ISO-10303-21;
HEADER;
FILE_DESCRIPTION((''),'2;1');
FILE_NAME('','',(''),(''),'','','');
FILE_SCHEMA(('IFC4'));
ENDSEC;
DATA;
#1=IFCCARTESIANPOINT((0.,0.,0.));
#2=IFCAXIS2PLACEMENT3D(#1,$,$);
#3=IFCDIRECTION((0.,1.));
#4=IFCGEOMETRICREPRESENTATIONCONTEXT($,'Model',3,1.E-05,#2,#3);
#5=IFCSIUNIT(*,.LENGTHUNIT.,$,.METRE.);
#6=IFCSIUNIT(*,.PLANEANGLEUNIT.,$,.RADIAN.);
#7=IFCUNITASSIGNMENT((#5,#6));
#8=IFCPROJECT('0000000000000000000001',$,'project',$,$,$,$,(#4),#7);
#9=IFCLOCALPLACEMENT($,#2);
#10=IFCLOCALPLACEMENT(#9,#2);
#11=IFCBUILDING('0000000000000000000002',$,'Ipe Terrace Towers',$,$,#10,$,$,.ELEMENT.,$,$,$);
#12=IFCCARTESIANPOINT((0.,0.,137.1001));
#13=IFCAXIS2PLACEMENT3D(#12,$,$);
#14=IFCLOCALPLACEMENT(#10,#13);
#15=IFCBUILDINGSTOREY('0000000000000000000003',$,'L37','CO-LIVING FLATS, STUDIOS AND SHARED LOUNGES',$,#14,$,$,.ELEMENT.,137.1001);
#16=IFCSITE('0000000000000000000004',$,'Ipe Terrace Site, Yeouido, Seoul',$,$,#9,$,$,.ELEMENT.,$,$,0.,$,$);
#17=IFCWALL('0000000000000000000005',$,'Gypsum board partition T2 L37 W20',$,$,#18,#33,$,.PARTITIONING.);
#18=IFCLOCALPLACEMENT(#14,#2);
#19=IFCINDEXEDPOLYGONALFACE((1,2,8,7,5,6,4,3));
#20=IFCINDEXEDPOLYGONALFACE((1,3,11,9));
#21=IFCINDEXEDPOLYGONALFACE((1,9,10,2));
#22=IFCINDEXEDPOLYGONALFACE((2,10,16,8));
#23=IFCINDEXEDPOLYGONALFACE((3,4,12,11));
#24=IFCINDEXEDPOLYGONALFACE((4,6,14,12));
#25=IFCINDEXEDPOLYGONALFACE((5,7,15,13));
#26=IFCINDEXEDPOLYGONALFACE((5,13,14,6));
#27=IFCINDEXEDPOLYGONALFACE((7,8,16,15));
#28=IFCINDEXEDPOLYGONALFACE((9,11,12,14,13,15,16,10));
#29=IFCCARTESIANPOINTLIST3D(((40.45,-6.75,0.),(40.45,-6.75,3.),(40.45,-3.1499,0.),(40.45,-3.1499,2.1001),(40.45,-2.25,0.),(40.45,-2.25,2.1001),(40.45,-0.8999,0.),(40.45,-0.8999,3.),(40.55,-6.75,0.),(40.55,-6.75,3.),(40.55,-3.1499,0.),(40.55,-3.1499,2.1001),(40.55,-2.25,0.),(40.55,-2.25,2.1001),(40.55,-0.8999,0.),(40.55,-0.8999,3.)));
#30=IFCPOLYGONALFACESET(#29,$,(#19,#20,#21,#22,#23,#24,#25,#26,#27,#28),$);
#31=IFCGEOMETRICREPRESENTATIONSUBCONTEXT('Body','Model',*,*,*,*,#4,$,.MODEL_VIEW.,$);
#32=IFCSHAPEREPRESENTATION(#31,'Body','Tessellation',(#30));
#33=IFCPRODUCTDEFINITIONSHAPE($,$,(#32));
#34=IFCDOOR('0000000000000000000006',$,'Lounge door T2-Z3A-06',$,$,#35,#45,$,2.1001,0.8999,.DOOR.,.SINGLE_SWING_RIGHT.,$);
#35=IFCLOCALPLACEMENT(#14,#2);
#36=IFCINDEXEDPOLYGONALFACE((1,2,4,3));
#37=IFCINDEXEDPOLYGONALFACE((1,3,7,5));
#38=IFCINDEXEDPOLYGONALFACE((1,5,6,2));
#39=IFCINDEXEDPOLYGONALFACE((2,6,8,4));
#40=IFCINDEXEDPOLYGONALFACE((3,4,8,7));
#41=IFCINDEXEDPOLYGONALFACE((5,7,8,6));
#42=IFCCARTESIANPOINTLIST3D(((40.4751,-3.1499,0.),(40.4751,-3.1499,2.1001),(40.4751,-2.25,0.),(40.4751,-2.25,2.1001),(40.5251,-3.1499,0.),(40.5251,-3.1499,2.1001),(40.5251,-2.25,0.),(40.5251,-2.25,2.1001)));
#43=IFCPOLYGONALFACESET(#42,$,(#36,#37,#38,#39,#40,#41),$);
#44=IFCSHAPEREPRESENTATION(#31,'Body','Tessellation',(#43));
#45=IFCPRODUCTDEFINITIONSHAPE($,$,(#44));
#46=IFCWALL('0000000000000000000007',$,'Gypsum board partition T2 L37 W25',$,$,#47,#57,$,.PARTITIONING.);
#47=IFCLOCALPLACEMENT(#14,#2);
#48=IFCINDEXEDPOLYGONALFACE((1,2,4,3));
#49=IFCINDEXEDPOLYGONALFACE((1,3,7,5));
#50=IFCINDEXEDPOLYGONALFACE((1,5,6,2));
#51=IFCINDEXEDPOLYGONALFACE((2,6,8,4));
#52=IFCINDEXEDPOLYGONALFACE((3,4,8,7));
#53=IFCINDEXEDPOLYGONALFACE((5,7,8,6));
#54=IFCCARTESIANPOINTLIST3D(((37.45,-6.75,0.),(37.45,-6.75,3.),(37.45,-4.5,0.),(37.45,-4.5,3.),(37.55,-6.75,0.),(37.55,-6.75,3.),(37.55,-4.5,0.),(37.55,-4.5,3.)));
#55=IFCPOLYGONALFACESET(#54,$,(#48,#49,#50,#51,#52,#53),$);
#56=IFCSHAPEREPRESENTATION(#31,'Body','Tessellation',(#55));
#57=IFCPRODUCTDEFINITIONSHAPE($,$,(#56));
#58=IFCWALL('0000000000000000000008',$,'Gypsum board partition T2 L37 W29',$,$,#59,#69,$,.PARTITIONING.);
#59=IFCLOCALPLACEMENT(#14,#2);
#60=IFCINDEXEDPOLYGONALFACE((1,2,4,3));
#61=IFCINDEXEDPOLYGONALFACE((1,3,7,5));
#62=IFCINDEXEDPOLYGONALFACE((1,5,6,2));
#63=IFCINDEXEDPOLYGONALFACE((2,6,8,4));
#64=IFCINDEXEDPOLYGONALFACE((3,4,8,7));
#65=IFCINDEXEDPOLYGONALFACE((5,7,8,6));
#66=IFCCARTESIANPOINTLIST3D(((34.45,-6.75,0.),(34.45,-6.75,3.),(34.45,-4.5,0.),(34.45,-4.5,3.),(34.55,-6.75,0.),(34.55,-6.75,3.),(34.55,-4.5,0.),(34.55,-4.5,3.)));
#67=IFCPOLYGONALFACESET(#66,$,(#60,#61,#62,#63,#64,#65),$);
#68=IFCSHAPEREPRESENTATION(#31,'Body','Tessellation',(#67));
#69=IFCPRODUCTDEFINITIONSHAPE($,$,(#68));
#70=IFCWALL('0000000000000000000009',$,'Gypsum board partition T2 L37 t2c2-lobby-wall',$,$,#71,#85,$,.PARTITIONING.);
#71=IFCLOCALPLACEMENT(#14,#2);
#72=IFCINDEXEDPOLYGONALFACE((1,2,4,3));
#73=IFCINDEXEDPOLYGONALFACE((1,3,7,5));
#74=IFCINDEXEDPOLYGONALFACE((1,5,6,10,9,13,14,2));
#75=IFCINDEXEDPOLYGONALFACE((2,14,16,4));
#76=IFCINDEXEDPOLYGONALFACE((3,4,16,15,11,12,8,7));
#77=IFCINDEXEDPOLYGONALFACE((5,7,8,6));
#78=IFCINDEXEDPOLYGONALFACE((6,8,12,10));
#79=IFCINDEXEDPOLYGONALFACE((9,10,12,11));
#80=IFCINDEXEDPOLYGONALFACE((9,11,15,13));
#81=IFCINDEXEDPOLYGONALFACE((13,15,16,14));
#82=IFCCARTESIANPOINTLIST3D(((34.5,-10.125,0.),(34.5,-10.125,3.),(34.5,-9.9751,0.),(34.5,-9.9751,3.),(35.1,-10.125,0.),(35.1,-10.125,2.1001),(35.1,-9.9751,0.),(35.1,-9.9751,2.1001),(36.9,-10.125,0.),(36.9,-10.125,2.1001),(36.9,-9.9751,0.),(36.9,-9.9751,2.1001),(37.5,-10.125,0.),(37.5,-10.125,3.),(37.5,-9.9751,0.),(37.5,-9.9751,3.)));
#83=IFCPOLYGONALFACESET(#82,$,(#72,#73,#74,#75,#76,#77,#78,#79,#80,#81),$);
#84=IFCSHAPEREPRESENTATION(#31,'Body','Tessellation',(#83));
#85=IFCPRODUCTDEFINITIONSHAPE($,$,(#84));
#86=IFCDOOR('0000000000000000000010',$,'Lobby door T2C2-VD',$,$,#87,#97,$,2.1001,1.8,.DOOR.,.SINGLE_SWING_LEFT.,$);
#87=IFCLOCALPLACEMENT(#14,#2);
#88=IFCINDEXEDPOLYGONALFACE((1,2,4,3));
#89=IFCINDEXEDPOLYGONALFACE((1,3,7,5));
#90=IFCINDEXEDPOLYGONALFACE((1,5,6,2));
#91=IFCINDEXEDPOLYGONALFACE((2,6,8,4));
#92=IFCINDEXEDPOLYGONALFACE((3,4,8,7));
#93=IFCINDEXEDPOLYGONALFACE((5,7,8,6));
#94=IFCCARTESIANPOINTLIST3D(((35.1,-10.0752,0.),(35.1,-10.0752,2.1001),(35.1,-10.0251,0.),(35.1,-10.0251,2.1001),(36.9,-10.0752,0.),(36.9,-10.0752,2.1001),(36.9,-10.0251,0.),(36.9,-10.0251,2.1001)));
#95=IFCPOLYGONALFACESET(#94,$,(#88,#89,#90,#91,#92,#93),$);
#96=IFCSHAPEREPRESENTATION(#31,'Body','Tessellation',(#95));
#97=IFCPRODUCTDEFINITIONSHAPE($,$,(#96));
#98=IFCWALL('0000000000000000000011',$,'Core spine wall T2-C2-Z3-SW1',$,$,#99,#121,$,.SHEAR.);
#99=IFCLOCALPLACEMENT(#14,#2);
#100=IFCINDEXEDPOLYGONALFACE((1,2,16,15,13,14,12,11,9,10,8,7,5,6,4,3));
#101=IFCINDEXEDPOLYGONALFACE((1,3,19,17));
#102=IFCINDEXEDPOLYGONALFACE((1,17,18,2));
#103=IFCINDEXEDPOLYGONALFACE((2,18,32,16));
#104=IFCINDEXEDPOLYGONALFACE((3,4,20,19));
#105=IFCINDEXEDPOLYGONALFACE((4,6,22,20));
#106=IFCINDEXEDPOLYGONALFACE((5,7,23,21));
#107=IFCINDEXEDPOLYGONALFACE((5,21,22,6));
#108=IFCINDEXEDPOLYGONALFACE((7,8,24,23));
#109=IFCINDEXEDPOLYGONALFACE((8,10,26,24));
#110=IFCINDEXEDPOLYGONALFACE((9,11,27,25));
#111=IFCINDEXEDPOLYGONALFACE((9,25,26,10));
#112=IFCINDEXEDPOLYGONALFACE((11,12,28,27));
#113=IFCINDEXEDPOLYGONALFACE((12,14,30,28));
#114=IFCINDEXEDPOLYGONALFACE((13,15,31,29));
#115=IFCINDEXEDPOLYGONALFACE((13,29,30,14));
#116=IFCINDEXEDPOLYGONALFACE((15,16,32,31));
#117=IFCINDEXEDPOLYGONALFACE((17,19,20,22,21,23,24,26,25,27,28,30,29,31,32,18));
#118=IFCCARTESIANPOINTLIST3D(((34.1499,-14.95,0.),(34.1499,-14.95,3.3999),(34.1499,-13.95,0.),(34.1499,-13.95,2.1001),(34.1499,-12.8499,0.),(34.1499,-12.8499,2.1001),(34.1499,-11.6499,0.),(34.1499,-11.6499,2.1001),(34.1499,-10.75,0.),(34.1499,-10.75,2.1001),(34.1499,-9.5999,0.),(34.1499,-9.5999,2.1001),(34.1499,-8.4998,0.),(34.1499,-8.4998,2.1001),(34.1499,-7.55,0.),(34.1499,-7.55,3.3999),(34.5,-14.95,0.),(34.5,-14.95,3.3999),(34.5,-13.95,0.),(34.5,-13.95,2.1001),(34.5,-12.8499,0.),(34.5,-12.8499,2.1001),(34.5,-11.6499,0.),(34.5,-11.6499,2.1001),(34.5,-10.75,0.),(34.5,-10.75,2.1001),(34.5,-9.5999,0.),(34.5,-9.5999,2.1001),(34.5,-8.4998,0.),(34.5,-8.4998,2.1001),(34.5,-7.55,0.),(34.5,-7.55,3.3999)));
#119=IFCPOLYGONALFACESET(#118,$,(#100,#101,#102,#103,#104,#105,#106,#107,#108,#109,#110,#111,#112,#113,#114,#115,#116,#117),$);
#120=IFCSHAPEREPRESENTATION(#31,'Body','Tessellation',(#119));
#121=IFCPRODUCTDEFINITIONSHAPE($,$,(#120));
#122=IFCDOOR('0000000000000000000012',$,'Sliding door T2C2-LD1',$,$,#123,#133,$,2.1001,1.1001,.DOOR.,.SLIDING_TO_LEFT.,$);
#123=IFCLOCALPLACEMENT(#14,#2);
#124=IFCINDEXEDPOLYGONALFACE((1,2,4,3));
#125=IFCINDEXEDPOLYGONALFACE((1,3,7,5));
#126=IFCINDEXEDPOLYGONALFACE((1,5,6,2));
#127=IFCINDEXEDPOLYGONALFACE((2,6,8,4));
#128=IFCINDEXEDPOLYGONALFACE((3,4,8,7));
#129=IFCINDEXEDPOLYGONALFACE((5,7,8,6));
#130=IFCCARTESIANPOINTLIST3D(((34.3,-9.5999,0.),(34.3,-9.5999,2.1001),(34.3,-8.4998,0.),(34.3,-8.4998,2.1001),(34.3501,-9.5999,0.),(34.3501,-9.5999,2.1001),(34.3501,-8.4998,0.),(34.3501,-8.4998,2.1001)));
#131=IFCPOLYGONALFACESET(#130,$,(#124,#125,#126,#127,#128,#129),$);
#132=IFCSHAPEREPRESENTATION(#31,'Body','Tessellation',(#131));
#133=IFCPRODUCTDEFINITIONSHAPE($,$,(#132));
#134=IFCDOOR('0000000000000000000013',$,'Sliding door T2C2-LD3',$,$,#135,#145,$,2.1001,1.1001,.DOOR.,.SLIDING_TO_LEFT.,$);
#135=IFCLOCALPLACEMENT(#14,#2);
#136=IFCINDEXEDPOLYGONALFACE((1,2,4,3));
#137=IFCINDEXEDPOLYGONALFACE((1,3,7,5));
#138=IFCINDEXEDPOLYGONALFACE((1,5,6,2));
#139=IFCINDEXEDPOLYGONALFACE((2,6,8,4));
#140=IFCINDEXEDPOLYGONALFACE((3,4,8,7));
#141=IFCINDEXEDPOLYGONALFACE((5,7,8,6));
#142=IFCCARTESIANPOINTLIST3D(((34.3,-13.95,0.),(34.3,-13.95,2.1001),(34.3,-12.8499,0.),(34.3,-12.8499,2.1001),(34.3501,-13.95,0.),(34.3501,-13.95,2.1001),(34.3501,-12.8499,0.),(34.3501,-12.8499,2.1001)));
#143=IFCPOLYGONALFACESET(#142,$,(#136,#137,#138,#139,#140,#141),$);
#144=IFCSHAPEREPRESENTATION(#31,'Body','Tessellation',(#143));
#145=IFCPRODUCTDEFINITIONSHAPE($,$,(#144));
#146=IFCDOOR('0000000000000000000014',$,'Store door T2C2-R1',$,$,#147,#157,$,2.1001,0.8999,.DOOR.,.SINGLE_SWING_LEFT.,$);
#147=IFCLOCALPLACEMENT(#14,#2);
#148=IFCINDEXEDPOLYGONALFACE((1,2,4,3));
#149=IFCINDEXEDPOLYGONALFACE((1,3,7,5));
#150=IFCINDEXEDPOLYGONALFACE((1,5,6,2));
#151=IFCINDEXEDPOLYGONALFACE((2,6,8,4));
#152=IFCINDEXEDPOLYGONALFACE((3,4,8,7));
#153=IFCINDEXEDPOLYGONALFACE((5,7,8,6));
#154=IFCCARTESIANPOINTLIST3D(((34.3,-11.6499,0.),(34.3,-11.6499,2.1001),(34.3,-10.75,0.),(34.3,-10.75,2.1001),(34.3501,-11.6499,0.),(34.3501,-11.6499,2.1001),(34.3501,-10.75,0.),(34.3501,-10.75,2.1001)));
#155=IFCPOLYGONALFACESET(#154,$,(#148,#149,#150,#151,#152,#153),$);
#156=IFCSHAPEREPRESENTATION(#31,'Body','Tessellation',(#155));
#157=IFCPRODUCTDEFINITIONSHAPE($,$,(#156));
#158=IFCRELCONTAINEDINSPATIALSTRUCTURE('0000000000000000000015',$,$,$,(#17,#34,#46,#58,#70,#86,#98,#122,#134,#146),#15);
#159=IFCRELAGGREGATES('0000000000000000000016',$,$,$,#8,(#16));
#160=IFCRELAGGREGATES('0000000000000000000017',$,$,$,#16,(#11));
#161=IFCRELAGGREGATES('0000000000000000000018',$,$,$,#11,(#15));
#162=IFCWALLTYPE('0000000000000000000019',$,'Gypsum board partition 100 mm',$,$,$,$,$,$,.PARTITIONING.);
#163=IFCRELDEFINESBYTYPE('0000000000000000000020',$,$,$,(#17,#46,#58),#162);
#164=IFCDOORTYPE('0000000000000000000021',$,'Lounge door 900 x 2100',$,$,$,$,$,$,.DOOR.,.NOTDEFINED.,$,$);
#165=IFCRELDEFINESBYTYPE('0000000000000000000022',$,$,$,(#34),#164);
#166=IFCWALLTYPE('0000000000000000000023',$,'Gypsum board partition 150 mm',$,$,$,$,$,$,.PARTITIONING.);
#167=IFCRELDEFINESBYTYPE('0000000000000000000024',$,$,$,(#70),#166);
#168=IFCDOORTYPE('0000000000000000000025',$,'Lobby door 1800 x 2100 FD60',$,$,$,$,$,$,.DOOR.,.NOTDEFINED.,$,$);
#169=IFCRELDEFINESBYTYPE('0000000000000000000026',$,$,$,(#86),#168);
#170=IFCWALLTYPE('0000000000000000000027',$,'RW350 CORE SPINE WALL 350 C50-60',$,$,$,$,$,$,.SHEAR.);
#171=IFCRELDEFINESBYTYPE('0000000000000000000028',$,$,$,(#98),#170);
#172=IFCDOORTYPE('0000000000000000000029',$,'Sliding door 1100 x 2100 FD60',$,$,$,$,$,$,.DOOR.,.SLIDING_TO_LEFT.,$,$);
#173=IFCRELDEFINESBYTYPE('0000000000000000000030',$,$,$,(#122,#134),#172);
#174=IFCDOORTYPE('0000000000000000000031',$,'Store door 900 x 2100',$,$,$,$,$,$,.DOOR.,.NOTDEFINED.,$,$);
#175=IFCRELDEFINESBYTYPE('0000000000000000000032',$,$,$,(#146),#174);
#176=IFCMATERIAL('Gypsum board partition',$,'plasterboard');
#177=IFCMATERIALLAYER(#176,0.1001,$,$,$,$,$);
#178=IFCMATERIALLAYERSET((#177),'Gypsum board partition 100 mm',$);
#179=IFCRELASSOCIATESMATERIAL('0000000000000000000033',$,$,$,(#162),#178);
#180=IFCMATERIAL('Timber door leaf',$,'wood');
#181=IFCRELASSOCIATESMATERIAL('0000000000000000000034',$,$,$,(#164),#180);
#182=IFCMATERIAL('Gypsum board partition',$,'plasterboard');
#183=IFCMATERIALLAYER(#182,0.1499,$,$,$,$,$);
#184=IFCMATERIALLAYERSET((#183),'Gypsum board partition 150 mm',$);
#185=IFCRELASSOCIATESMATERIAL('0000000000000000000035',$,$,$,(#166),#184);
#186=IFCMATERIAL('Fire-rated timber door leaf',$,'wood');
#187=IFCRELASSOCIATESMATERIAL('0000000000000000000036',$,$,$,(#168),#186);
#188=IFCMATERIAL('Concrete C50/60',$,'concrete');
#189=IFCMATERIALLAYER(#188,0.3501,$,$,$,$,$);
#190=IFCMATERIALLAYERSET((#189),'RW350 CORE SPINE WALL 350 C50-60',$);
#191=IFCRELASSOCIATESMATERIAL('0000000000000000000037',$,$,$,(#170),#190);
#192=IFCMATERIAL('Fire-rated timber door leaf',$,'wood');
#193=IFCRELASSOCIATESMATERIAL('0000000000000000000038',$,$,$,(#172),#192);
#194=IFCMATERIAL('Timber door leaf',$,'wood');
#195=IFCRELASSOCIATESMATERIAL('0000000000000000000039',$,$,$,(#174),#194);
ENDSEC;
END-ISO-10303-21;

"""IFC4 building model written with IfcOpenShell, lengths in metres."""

from ifc_helpers import new_model, si_unit, direction, frame, frame_2d, origin, place, context, subcontext, project, spatial, rectangle, extrude, material, layer, layer_set, type_object, element, fill, save


model = new_model("IFC4")

# Units and contexts
model_context = context("Model", 3, precision=1e-05, world=origin(), true_north=direction((0.0, 1.0)))
body_context = subcontext(model_context, "Body", "Model", "MODEL_VIEW")
ifc_project = project(units=[si_unit("LENGTHUNIT", "METRE"), si_unit("PLANEANGLEUNIT", "RADIAN")], contexts=[model_context])

# Site, building, storey
site_placement = place(None, origin())
site = spatial("IfcSite", under=ifc_project, at=site_placement, Name="Ipe Terrace Site, Yeouido, Seoul", CompositionType="ELEMENT", RefElevation=0.0)
building_placement = place(site_placement, origin())
building = spatial("IfcBuilding", under=site, at=building_placement, Name="Ipe Terrace Towers", CompositionType="ELEMENT")
storey_placement = place(building_placement, frame((0.0, 0.0, 137.1001)))
storey = spatial("IfcBuildingStorey", under=building, at=storey_placement, Name="L37", Description="CO-LIVING FLATS, STUDIOS AND SHARED LOUNGES", CompositionType="ELEMENT", Elevation=137.1001)

# Wall, opening, door
ifc_material_1 = material(Name="Gypsum board partition", Category="plasterboard")
ifc_layer_1 = layer(ifc_material_1, 0.1001)
ifc_layer_set_1 = layer_set([ifc_layer_1], Name="Gypsum board partition 100 mm")
wall_type_1 = type_object("IfcWallType", Name="Gypsum board partition 100 mm", PredefinedType="PARTITIONING", material=ifc_layer_set_1)
wall_1_placement = place(storey_placement, frame((40.5, -6.75, 0.0), z_axis=(0.0, 0.0, 1.0), x_axis=(0.0, 1.0, 0.0)))
wall_1 = element("IfcWall", 1, at=wall_1_placement, inside=storey, type_object=wall_type_1, Name="Gypsum board partition T2 L37 W20", PredefinedType="PARTITIONING", context=body_context, shape_type="SweptSolid", body=[
    extrude(rectangle(XDim=5.8501, YDim=0.1001, at=frame_2d((2.925, 0.0))), origin(), (0.0, 0.0, 1.0), 3.0),
])
opening_1_placement = place(wall_1_placement, frame((3.6001, 0.0, 0.0)))
opening_1 = element("IfcOpeningElement", 2, at=opening_1_placement, cuts=wall_1, PredefinedType="OPENING", context=body_context, shape_type="SweptSolid", body=[
    extrude(rectangle(XDim=0.8999, YDim=2.1001, at=frame_2d((0.45, 1.05))), frame((0.0, 0.0601, 0.0), z_axis=(0.0, -1.0, 0.0), x_axis=(1.0, 0.0, 0.0)), (0.0, 0.0, 1.0), 0.1201),
])
ifc_material_2 = material(Name="Timber door leaf", Category="wood")
door_type_1 = type_object("IfcDoorType", Name="Lounge door 900 x 2100", OperationType="NOTDEFINED", PredefinedType="DOOR", material=ifc_material_2)
door_1_placement = place(opening_1_placement, origin())
door_1 = element("IfcDoor", 3, at=door_1_placement, inside=storey, type_object=door_type_1, Name="Lounge door T2-Z3A-06", OperationType="SINGLE_SWING_RIGHT", OverallHeight=2.1001, OverallWidth=0.8999, PredefinedType="DOOR", context=body_context, shape_type="SweptSolid", body=[
    extrude(rectangle(XDim=0.8999, YDim=2.1001, at=frame_2d((0.45, 1.05))), frame((0.0, 0.0249, 0.0), z_axis=(0.0, -1.0, 0.0), x_axis=(1.0, 0.0, 0.0)), (0.0, 0.0, 1.0), 0.05),
])
fill(opening_1, door_1)

# Walls
for number, where, z_axis, x_axis, name in (
    (4, (37.5, -6.75, 0.0), (0.0, 0.0, 1.0), (0.0, 1.0, 0.0), "Gypsum board partition T2 L37 W25"),
    (5, (34.5, -6.75, 0.0), (0.0, 0.0, 1.0), (0.0, 1.0, 0.0), "Gypsum board partition T2 L37 W29"),
):
    element("IfcWall", number, at=place(storey_placement, frame(where, z_axis=z_axis, x_axis=x_axis)), inside=storey, type_object=wall_type_1, Name=name, PredefinedType="PARTITIONING", context=body_context, shape_type="SweptSolid", body=[
        extrude(rectangle(XDim=2.25, YDim=0.1001, at=frame_2d((1.125, 0.0))), origin(), (0.0, 0.0, 1.0), 3.0),
    ])

# Wall, opening, door
ifc_material_3 = material(Name="Gypsum board partition", Category="plasterboard")
ifc_layer_2 = layer(ifc_material_3, 0.1499)
ifc_layer_set_2 = layer_set([ifc_layer_2], Name="Gypsum board partition 150 mm")
wall_type_2 = type_object("IfcWallType", Name="Gypsum board partition 150 mm", PredefinedType="PARTITIONING", material=ifc_layer_set_2)
wall_2_placement = place(storey_placement, frame((34.5, -10.05, 0.0), z_axis=(0.0, 0.0, 1.0), x_axis=(1.0, 0.0, 0.0)))
wall_2 = element("IfcWall", 6, at=wall_2_placement, inside=storey, type_object=wall_type_2, Name="Gypsum board partition T2 L37 t2c2-lobby-wall", PredefinedType="PARTITIONING", context=body_context, shape_type="SweptSolid", body=[
    extrude(rectangle(XDim=3.0, YDim=0.1499, at=frame_2d((1.5, 0.0))), origin(), (0.0, 0.0, 1.0), 3.0),
])
opening_2_placement = place(wall_2_placement, frame((0.6001, 0.0, 0.0)))
opening_2 = element("IfcOpeningElement", 7, at=opening_2_placement, cuts=wall_2, PredefinedType="OPENING", context=body_context, shape_type="SweptSolid", body=[
    extrude(rectangle(XDim=1.8, YDim=2.1001, at=frame_2d((0.8999, 1.05))), frame((0.0, 0.085, 0.0), z_axis=(0.0, -1.0, 0.0), x_axis=(1.0, 0.0, 0.0)), (0.0, 0.0, 1.0), 0.1699),
])
ifc_material_4 = material(Name="Fire-rated timber door leaf", Category="wood")
door_type_2 = type_object("IfcDoorType", Name="Lobby door 1800 x 2100 FD60", OperationType="NOTDEFINED", PredefinedType="DOOR", material=ifc_material_4)
door_2_placement = place(opening_2_placement, origin())
door_2 = element("IfcDoor", 8, at=door_2_placement, inside=storey, type_object=door_type_2, Name="Lobby door T2C2-VD", OperationType="SINGLE_SWING_LEFT", OverallHeight=2.1001, OverallWidth=1.8, PredefinedType="DOOR", context=body_context, shape_type="SweptSolid", body=[
    extrude(rectangle(XDim=1.8, YDim=2.1001, at=frame_2d((0.8999, 1.05))), frame((0.0, 0.0249, 0.0), z_axis=(0.0, -1.0, 0.0), x_axis=(1.0, 0.0, 0.0)), (0.0, 0.0, 1.0), 0.05),
])
fill(opening_2, door_2)

# Wall, openings, doors
ifc_material_5 = material(Name="Concrete C50/60", Category="concrete")
ifc_layer_3 = layer(ifc_material_5, 0.3501)
ifc_layer_set_3 = layer_set([ifc_layer_3], Name="RW350 CORE SPINE WALL 350 C50-60")
wall_type_3 = type_object("IfcWallType", Name="RW350 CORE SPINE WALL 350 C50-60", PredefinedType="SHEAR", material=ifc_layer_set_3)
wall_3_placement = place(storey_placement, frame((34.325, -14.95, 0.0), z_axis=(0.0, 0.0, 1.0), x_axis=(0.0, 1.0, 0.0)))
wall_3 = element("IfcWall", 9, at=wall_3_placement, inside=storey, type_object=wall_type_3, Name="Core spine wall T2-C2-Z3-SW1", PredefinedType="SHEAR", context=body_context, shape_type="SweptSolid", body=[
    extrude(rectangle(XDim=7.3999, YDim=0.3501, at=frame_2d((3.7, 0.0))), origin(), (0.0, 0.0, 1.0), 3.3999),
])
opening_3_placement = place(wall_3_placement, frame((5.3501, 0.0, 0.0)))
opening_3 = element("IfcOpeningElement", 10, at=opening_3_placement, cuts=wall_3, PredefinedType="OPENING", context=body_context, shape_type="SweptSolid", body=[
    extrude(rectangle(XDim=1.1001, YDim=2.1001, at=frame_2d((0.55, 1.05))), frame((0.0, 0.1851, 0.0), z_axis=(0.0, -1.0, 0.0), x_axis=(1.0, 0.0, 0.0)), (0.0, 0.0, 1.0), 0.3701),
])
opening_4_placement = place(wall_3_placement, frame((1.0, 0.0, 0.0)))
opening_4 = element("IfcOpeningElement", 11, at=opening_4_placement, cuts=wall_3, PredefinedType="OPENING", context=body_context, shape_type="SweptSolid", body=[
    extrude(rectangle(XDim=1.1001, YDim=2.1001, at=frame_2d((0.55, 1.05))), frame((0.0, 0.1851, 0.0), z_axis=(0.0, -1.0, 0.0), x_axis=(1.0, 0.0, 0.0)), (0.0, 0.0, 1.0), 0.3701),
])
opening_5_placement = place(wall_3_placement, frame((3.3, 0.0, 0.0)))
opening_5 = element("IfcOpeningElement", 12, at=opening_5_placement, cuts=wall_3, PredefinedType="OPENING", context=body_context, shape_type="SweptSolid", body=[
    extrude(rectangle(XDim=0.8999, YDim=2.1001, at=frame_2d((0.45, 1.05))), frame((0.0, 0.1851, 0.0), z_axis=(0.0, -1.0, 0.0), x_axis=(1.0, 0.0, 0.0)), (0.0, 0.0, 1.0), 0.3701),
])
ifc_material_6 = material(Name="Fire-rated timber door leaf", Category="wood")
door_type_3 = type_object("IfcDoorType", Name="Sliding door 1100 x 2100 FD60", OperationType="SLIDING_TO_LEFT", PredefinedType="DOOR", material=ifc_material_6)
door_3_placement = place(opening_3_placement, origin())
door_3 = element("IfcDoor", 13, at=door_3_placement, inside=storey, type_object=door_type_3, Name="Sliding door T2C2-LD1", OperationType="SLIDING_TO_LEFT", OverallHeight=2.1001, OverallWidth=1.1001, PredefinedType="DOOR", context=body_context, shape_type="SweptSolid", body=[
    extrude(rectangle(XDim=1.1001, YDim=2.1001, at=frame_2d((0.55, 1.05))), frame((0.0, 0.0249, 0.0), z_axis=(0.0, -1.0, 0.0), x_axis=(1.0, 0.0, 0.0)), (0.0, 0.0, 1.0), 0.05),
])
fill(opening_3, door_3)
door_4_placement = place(opening_4_placement, origin())
door_4 = element("IfcDoor", 14, at=door_4_placement, inside=storey, type_object=door_type_3, Name="Sliding door T2C2-LD3", OperationType="SLIDING_TO_LEFT", OverallHeight=2.1001, OverallWidth=1.1001, PredefinedType="DOOR", context=body_context, shape_type="SweptSolid", body=[
    extrude(rectangle(XDim=1.1001, YDim=2.1001, at=frame_2d((0.55, 1.05))), frame((0.0, 0.0249, 0.0), z_axis=(0.0, -1.0, 0.0), x_axis=(1.0, 0.0, 0.0)), (0.0, 0.0, 1.0), 0.05),
])
fill(opening_4, door_4)
ifc_material_7 = material(Name="Timber door leaf", Category="wood")
door_type_4 = type_object("IfcDoorType", Name="Store door 900 x 2100", OperationType="NOTDEFINED", PredefinedType="DOOR", material=ifc_material_7)
door_5_placement = place(opening_5_placement, origin())
door_5 = element("IfcDoor", 15, at=door_5_placement, inside=storey, type_object=door_type_4, Name="Store door T2C2-R1", OperationType="SINGLE_SWING_LEFT", OverallHeight=2.1001, OverallWidth=0.8999, PredefinedType="DOOR", context=body_context, shape_type="SweptSolid", body=[
    extrude(rectangle(XDim=0.8999, YDim=2.1001, at=frame_2d((0.45, 1.05))), frame((0.0, 0.0249, 0.0), z_axis=(0.0, -1.0, 0.0), x_axis=(1.0, 0.0, 0.0)), (0.0, 0.0, 1.0), 0.05),
])
fill(opening_5, door_5)

save(model, "model.ifc")
